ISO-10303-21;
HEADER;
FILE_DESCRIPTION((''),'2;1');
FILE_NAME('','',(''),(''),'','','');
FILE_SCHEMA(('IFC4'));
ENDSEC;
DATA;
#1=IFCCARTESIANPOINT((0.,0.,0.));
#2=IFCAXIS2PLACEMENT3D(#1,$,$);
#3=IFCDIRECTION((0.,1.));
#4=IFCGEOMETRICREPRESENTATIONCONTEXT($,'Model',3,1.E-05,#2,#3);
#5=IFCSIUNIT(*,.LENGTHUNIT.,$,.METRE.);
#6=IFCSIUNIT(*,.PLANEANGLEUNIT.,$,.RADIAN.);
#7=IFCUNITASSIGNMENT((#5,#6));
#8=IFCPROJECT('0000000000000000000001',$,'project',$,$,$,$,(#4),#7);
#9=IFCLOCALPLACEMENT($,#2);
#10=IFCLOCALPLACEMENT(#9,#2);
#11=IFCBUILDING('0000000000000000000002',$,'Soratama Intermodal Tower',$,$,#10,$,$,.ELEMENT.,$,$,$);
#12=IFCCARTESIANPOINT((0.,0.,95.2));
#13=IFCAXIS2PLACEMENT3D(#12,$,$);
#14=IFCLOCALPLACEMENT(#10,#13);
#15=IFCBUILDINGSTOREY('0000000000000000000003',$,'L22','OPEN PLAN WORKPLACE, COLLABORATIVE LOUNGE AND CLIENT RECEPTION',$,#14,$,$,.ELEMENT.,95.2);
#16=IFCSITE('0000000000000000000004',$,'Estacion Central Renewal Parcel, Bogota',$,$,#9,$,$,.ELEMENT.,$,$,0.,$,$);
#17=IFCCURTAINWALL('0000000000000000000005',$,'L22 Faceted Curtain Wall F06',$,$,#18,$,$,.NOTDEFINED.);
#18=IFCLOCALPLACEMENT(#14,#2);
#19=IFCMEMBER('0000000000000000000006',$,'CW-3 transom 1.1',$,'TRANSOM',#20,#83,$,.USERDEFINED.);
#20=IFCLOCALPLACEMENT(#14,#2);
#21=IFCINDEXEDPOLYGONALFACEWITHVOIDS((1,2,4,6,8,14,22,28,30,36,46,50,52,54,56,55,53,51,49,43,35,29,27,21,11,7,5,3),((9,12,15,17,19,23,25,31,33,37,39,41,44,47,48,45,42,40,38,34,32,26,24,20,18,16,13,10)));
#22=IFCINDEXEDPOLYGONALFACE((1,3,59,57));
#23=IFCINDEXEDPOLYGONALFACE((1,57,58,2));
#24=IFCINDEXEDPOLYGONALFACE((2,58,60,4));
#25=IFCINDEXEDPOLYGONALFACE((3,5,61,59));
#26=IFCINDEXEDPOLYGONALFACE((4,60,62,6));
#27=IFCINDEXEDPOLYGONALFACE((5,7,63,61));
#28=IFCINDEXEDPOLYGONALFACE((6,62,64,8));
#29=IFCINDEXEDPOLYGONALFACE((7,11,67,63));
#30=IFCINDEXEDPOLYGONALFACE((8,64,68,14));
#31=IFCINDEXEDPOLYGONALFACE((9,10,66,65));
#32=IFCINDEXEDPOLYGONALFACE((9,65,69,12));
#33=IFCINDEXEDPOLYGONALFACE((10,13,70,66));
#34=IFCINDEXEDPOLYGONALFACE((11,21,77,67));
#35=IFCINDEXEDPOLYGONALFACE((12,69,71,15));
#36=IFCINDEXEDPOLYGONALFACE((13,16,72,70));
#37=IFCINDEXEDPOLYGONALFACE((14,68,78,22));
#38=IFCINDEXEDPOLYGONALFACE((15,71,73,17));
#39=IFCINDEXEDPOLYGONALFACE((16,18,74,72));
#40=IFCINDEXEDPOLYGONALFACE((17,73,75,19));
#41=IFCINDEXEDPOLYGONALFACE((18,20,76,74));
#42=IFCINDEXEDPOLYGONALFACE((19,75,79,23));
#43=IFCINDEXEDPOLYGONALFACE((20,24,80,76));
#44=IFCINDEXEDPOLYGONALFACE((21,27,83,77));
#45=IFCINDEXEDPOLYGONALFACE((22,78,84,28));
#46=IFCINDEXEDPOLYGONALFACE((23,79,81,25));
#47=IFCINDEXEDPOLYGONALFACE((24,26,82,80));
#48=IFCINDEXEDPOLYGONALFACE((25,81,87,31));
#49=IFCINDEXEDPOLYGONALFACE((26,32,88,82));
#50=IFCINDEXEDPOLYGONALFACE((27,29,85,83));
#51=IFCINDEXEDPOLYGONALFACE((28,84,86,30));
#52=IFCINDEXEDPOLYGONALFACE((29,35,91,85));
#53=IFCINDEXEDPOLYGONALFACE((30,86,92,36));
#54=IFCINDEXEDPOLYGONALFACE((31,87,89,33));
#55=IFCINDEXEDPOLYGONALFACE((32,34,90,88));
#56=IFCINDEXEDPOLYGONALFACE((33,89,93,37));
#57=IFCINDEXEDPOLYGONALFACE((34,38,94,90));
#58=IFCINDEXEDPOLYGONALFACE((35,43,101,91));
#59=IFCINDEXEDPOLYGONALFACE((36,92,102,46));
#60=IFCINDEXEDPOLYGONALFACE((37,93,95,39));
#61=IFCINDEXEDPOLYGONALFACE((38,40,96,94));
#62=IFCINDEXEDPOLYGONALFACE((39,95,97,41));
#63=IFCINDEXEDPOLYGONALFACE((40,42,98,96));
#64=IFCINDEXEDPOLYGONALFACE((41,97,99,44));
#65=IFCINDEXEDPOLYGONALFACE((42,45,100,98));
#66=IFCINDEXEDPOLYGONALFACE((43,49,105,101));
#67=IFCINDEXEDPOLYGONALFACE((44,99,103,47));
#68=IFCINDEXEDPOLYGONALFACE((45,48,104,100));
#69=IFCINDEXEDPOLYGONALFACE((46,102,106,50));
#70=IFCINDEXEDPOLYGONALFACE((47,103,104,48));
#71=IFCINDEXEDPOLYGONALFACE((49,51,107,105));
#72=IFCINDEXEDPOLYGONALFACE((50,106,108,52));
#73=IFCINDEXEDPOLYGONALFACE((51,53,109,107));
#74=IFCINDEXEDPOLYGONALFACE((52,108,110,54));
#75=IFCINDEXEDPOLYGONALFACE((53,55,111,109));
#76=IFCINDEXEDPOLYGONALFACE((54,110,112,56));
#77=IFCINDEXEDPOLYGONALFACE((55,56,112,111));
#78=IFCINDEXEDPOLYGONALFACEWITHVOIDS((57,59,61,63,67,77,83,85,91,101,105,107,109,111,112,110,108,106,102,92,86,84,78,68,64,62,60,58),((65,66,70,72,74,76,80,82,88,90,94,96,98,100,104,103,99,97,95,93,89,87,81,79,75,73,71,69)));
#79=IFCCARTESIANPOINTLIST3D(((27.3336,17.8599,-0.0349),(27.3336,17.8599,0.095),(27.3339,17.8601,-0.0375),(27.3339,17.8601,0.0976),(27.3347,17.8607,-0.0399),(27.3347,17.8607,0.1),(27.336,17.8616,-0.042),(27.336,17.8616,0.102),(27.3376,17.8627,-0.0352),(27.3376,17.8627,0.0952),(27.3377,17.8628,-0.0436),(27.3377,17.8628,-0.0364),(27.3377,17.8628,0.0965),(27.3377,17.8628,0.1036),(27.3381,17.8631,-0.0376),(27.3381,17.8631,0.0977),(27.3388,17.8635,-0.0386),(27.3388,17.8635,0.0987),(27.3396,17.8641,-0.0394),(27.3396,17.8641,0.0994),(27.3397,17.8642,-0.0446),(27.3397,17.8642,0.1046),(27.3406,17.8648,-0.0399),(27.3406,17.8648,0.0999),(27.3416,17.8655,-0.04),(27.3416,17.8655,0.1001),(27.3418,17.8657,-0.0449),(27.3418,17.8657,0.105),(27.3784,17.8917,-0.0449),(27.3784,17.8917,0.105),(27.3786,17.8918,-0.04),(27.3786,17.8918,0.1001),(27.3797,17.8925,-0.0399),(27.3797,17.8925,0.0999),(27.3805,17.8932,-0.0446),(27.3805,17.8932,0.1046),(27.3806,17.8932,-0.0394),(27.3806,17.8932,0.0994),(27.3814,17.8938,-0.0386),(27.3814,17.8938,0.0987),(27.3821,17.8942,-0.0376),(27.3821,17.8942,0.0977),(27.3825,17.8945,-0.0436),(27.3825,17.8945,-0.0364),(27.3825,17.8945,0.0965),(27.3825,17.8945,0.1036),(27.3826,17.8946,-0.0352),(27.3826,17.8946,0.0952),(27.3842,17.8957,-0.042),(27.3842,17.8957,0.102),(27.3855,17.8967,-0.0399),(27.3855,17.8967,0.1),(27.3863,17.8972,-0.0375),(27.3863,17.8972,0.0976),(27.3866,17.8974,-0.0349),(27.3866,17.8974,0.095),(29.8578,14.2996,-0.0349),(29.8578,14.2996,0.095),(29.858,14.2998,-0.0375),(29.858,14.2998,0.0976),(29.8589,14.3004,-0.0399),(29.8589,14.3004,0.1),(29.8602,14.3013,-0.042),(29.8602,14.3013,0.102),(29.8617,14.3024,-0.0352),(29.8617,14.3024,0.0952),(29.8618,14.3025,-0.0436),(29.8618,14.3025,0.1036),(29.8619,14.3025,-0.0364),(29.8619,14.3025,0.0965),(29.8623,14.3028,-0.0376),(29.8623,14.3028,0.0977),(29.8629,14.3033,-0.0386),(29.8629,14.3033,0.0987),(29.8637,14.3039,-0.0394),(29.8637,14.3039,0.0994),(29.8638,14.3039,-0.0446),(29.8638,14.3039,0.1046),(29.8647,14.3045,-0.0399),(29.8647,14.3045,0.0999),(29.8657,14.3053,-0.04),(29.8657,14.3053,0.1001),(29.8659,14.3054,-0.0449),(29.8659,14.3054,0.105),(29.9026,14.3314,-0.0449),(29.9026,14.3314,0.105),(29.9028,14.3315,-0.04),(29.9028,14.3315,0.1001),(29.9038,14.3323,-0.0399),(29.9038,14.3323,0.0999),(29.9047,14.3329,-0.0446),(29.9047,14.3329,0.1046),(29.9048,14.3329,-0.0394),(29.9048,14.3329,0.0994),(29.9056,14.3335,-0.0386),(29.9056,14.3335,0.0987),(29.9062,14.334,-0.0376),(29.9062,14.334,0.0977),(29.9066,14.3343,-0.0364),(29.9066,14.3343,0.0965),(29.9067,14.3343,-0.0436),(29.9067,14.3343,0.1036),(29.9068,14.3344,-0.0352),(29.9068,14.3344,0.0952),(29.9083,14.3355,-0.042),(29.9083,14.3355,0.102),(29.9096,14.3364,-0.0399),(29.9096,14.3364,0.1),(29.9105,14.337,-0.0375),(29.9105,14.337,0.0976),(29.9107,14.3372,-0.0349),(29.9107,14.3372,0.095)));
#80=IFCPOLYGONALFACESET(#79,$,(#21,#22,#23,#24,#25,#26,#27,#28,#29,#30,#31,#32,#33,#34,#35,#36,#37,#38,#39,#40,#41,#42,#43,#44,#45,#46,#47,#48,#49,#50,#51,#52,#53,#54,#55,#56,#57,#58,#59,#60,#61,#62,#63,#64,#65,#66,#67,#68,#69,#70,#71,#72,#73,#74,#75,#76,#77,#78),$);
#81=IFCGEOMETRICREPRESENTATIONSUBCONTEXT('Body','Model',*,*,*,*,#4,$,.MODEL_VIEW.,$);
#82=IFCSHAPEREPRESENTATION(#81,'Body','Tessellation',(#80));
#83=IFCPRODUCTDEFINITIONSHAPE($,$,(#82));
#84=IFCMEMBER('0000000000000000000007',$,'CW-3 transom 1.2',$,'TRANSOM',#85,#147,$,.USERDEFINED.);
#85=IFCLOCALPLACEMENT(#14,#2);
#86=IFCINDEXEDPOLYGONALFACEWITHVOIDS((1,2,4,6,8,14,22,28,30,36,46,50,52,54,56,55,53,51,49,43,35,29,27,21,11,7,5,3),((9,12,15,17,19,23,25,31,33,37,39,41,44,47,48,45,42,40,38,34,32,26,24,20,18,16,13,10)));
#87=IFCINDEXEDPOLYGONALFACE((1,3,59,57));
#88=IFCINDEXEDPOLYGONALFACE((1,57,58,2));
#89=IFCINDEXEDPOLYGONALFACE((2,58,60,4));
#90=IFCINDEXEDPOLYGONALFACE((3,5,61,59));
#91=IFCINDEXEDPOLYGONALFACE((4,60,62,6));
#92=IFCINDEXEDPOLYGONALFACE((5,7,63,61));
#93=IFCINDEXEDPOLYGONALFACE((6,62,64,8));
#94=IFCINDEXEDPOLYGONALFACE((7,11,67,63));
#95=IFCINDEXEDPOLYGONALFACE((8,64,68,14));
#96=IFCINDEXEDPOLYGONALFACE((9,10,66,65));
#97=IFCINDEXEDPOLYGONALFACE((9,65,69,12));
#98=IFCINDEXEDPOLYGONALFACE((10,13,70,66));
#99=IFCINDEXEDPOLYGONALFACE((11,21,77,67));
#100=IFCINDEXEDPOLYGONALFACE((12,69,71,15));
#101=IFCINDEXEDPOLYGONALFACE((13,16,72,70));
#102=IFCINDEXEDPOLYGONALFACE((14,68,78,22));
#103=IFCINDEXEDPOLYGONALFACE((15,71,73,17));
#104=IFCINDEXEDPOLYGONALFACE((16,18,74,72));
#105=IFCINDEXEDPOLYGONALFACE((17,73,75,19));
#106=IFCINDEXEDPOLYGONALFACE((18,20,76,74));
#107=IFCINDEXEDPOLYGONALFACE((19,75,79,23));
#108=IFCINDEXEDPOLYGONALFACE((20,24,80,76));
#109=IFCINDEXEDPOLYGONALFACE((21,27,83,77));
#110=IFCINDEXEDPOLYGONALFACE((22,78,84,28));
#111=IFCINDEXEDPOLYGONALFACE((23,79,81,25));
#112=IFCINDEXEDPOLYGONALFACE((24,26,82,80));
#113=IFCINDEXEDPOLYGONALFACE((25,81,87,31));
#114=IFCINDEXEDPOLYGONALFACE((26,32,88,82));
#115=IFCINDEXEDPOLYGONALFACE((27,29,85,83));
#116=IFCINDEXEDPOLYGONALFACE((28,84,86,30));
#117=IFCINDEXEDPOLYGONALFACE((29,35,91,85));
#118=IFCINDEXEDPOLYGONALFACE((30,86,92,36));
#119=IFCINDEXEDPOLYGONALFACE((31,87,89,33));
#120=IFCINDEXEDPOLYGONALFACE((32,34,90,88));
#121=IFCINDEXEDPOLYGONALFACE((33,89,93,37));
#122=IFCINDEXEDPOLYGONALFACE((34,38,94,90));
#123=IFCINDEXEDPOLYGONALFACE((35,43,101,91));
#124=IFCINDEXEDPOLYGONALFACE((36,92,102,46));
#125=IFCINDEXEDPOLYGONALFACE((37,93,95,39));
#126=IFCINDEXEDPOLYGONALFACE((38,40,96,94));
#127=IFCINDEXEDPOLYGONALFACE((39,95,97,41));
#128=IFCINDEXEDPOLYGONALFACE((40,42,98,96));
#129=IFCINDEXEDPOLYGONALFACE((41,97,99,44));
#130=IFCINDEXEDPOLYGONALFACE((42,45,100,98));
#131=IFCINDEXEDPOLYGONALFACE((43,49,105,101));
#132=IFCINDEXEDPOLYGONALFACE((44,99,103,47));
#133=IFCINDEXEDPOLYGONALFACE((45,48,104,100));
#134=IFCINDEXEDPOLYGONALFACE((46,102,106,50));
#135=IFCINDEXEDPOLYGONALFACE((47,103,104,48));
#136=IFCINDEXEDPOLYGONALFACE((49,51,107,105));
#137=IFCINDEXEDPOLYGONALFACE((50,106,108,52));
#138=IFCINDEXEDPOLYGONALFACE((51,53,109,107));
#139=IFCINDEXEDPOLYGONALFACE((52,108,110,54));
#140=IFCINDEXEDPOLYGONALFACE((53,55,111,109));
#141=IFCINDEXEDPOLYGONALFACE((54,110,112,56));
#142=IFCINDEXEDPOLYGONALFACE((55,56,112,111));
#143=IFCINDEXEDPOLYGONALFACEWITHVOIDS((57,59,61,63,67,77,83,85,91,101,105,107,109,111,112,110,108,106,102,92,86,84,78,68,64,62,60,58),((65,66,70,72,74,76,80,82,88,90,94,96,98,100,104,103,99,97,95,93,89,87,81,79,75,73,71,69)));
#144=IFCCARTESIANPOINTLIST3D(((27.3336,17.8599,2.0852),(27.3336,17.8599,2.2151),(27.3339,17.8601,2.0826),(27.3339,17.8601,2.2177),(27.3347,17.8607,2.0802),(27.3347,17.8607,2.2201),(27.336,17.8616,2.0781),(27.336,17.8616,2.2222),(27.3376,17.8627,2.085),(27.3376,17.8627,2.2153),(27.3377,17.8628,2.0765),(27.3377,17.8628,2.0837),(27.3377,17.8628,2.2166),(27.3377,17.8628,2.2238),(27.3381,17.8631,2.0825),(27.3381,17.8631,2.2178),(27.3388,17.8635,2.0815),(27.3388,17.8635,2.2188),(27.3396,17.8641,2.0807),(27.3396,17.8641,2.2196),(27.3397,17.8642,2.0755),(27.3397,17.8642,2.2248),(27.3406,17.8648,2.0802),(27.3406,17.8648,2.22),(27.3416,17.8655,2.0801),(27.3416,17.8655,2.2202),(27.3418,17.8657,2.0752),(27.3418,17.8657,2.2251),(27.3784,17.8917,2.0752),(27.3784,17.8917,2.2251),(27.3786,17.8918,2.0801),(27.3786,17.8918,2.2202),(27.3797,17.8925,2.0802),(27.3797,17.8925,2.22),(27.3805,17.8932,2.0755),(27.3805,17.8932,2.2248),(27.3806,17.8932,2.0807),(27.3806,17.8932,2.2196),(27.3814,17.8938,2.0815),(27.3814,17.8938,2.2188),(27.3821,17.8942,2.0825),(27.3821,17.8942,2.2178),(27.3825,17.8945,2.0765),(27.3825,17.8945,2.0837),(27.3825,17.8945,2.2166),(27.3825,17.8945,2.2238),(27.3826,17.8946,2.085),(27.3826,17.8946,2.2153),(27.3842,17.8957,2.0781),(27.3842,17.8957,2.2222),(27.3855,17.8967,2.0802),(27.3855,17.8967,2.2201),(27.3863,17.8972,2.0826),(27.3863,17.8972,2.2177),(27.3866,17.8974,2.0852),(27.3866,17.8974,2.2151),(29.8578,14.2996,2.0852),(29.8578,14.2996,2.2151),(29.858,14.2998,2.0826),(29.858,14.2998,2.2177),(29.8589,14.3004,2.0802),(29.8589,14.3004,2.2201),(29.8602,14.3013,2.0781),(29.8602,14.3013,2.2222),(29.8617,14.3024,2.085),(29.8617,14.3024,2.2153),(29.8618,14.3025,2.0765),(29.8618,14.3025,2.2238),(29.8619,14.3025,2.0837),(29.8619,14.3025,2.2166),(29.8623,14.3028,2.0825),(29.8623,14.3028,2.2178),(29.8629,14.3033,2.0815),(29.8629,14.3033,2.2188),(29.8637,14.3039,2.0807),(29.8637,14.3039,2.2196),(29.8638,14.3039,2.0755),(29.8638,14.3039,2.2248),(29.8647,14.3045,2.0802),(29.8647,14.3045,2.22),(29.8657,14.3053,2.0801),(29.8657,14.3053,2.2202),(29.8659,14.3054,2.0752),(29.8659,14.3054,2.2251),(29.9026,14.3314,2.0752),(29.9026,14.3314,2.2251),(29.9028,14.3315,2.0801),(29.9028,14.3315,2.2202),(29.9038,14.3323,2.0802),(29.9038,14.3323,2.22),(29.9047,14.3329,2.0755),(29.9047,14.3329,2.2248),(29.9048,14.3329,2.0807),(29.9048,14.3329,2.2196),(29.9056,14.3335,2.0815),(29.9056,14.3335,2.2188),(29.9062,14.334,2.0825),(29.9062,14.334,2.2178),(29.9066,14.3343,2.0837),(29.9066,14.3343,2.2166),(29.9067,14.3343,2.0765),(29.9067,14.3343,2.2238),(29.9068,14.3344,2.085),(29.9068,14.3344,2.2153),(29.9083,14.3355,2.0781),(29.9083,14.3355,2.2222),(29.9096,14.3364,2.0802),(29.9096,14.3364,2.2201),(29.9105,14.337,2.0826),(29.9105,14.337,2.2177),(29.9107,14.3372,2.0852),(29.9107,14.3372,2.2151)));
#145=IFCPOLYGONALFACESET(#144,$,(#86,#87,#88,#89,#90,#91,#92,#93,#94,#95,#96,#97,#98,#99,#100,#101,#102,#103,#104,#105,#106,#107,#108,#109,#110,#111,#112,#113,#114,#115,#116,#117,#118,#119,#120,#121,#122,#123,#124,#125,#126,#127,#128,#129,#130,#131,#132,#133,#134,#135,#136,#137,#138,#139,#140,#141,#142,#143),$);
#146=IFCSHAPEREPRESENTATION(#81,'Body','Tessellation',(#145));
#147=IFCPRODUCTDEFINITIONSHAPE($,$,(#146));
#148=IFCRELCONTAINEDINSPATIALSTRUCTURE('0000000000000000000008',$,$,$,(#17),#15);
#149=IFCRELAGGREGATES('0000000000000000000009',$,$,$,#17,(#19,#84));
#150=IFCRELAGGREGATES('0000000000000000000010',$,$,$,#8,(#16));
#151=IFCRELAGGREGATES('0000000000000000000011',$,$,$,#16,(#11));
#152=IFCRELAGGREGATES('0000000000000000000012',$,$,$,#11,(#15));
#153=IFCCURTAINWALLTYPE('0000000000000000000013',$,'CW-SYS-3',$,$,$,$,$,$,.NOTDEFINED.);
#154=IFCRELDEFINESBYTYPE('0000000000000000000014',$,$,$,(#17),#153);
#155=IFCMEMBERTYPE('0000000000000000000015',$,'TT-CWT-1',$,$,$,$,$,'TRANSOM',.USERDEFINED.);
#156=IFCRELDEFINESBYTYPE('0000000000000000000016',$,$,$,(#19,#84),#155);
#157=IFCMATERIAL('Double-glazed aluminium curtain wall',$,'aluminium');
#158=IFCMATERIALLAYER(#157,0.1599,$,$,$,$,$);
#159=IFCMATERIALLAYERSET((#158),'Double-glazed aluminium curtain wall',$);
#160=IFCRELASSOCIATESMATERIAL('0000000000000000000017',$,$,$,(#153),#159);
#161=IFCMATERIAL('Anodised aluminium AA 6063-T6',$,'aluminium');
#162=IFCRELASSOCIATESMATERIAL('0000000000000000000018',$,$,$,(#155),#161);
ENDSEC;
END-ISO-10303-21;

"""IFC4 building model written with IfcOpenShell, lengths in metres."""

from ifc_helpers import new_model, si_unit, direction, frame, origin, origin_2d, place, context, subcontext, project, spatial, hollow_rectangle, extrude, material, layer, layer_set, material_profile, profile_set, type_object, element, aggregate, save


model = new_model("IFC4")

# Units and contexts
model_context = context("Model", 3, precision=1e-05, world=origin(), true_north=direction((0.0, 1.0)))
body_context = subcontext(model_context, "Body", "Model", "MODEL_VIEW")
ifc_project = project(units=[si_unit("LENGTHUNIT", "METRE"), si_unit("PLANEANGLEUNIT", "RADIAN")], contexts=[model_context])

# Site, building, storey
site_placement = place(None, origin())
site = spatial("IfcSite", under=ifc_project, at=site_placement, Name="Estacion Central Renewal Parcel, Bogota", CompositionType="ELEMENT", RefElevation=0.0)
building_placement = place(site_placement, origin())
building = spatial("IfcBuilding", under=site, at=building_placement, Name="Soratama Intermodal Tower", CompositionType="ELEMENT")
storey_placement = place(building_placement, frame((0.0, 0.0, 95.2)))
storey = spatial("IfcBuildingStorey", under=building, at=storey_placement, Name="L22", Description="OPEN PLAN WORKPLACE, COLLABORATIVE LOUNGE AND CLIENT RECEPTION", CompositionType="ELEMENT", Elevation=95.2)

# Curtain wall, members
ifc_material_1 = material(Name="Double-glazed aluminium curtain wall", Category="aluminium")
ifc_layer_1 = layer(ifc_material_1, 0.1599)
ifc_layer_set_1 = layer_set([ifc_layer_1], Name="Double-glazed aluminium curtain wall")
curtain_wall_type = type_object("IfcCurtainWallType", Name="CW-SYS-3", PredefinedType="NOTDEFINED", material=ifc_layer_set_1)
curtain_wall_placement = place(storey_placement, origin())
curtain_wall = element("IfcCurtainWall", 1, at=curtain_wall_placement, inside=storey, type_object=curtain_wall_type, Name="L22 Faceted Curtain Wall F06", PredefinedType="NOTDEFINED")
ifc_material_2 = material(Name="Anodised aluminium AA 6063-T6", Category="aluminium")
ifc_material_profile_1 = material_profile(ifc_material_2, hollow_rectangle(XDim=0.0649, YDim=0.1499, WallThickness=0.0049, InnerFilletRadius=0.0049, OuterFilletRadius=0.01, at=origin_2d()), Name="CWT150X65X5")
ifc_profile_set_1 = profile_set([ifc_material_profile_1], Name="Anodised aluminium AA 6063-T6")
member_type_1 = type_object("IfcMemberType", Name="TT-CWT-1", ElementType="TRANSOM", PredefinedType="USERDEFINED", material=ifc_profile_set_1)
member_1_placement = place(storey_placement, frame((27.3601, 17.8787, 0.03), z_axis=(0.578367, -0.815777, 0.0), x_axis=(0.815777, 0.578367, 0.0)))
member_1 = element("IfcMember", 2, at=member_1_placement, type_object=member_type_1, Name="CW-3 transom 1.1", ObjectType="TRANSOM", PredefinedType="USERDEFINED", context=body_context, shape_type="SweptSolid", body=[
    extrude(hollow_rectangle(XDim=0.0649, YDim=0.1499, WallThickness=0.0049, InnerFilletRadius=0.0049, OuterFilletRadius=0.01, at=origin_2d()), origin(), (0.0, 0.0, 1.0), 4.3643),
])
member_2_placement = place(storey_placement, frame((27.3601, 17.8787, 2.1501), z_axis=(0.578367, -0.815777, 0.0), x_axis=(0.815777, 0.578367, 0.0)))
member_2 = element("IfcMember", 3, at=member_2_placement, type_object=member_type_1, Name="CW-3 transom 1.2", ObjectType="TRANSOM", PredefinedType="USERDEFINED", context=body_context, shape_type="SweptSolid", body=[
    extrude(hollow_rectangle(XDim=0.0649, YDim=0.1499, WallThickness=0.0049, InnerFilletRadius=0.0049, OuterFilletRadius=0.01, at=origin_2d()), origin(), (0.0, 0.0, 1.0), 4.3643),
])
aggregate(curtain_wall, [member_1, member_2])

save(model, "model.ifc")
